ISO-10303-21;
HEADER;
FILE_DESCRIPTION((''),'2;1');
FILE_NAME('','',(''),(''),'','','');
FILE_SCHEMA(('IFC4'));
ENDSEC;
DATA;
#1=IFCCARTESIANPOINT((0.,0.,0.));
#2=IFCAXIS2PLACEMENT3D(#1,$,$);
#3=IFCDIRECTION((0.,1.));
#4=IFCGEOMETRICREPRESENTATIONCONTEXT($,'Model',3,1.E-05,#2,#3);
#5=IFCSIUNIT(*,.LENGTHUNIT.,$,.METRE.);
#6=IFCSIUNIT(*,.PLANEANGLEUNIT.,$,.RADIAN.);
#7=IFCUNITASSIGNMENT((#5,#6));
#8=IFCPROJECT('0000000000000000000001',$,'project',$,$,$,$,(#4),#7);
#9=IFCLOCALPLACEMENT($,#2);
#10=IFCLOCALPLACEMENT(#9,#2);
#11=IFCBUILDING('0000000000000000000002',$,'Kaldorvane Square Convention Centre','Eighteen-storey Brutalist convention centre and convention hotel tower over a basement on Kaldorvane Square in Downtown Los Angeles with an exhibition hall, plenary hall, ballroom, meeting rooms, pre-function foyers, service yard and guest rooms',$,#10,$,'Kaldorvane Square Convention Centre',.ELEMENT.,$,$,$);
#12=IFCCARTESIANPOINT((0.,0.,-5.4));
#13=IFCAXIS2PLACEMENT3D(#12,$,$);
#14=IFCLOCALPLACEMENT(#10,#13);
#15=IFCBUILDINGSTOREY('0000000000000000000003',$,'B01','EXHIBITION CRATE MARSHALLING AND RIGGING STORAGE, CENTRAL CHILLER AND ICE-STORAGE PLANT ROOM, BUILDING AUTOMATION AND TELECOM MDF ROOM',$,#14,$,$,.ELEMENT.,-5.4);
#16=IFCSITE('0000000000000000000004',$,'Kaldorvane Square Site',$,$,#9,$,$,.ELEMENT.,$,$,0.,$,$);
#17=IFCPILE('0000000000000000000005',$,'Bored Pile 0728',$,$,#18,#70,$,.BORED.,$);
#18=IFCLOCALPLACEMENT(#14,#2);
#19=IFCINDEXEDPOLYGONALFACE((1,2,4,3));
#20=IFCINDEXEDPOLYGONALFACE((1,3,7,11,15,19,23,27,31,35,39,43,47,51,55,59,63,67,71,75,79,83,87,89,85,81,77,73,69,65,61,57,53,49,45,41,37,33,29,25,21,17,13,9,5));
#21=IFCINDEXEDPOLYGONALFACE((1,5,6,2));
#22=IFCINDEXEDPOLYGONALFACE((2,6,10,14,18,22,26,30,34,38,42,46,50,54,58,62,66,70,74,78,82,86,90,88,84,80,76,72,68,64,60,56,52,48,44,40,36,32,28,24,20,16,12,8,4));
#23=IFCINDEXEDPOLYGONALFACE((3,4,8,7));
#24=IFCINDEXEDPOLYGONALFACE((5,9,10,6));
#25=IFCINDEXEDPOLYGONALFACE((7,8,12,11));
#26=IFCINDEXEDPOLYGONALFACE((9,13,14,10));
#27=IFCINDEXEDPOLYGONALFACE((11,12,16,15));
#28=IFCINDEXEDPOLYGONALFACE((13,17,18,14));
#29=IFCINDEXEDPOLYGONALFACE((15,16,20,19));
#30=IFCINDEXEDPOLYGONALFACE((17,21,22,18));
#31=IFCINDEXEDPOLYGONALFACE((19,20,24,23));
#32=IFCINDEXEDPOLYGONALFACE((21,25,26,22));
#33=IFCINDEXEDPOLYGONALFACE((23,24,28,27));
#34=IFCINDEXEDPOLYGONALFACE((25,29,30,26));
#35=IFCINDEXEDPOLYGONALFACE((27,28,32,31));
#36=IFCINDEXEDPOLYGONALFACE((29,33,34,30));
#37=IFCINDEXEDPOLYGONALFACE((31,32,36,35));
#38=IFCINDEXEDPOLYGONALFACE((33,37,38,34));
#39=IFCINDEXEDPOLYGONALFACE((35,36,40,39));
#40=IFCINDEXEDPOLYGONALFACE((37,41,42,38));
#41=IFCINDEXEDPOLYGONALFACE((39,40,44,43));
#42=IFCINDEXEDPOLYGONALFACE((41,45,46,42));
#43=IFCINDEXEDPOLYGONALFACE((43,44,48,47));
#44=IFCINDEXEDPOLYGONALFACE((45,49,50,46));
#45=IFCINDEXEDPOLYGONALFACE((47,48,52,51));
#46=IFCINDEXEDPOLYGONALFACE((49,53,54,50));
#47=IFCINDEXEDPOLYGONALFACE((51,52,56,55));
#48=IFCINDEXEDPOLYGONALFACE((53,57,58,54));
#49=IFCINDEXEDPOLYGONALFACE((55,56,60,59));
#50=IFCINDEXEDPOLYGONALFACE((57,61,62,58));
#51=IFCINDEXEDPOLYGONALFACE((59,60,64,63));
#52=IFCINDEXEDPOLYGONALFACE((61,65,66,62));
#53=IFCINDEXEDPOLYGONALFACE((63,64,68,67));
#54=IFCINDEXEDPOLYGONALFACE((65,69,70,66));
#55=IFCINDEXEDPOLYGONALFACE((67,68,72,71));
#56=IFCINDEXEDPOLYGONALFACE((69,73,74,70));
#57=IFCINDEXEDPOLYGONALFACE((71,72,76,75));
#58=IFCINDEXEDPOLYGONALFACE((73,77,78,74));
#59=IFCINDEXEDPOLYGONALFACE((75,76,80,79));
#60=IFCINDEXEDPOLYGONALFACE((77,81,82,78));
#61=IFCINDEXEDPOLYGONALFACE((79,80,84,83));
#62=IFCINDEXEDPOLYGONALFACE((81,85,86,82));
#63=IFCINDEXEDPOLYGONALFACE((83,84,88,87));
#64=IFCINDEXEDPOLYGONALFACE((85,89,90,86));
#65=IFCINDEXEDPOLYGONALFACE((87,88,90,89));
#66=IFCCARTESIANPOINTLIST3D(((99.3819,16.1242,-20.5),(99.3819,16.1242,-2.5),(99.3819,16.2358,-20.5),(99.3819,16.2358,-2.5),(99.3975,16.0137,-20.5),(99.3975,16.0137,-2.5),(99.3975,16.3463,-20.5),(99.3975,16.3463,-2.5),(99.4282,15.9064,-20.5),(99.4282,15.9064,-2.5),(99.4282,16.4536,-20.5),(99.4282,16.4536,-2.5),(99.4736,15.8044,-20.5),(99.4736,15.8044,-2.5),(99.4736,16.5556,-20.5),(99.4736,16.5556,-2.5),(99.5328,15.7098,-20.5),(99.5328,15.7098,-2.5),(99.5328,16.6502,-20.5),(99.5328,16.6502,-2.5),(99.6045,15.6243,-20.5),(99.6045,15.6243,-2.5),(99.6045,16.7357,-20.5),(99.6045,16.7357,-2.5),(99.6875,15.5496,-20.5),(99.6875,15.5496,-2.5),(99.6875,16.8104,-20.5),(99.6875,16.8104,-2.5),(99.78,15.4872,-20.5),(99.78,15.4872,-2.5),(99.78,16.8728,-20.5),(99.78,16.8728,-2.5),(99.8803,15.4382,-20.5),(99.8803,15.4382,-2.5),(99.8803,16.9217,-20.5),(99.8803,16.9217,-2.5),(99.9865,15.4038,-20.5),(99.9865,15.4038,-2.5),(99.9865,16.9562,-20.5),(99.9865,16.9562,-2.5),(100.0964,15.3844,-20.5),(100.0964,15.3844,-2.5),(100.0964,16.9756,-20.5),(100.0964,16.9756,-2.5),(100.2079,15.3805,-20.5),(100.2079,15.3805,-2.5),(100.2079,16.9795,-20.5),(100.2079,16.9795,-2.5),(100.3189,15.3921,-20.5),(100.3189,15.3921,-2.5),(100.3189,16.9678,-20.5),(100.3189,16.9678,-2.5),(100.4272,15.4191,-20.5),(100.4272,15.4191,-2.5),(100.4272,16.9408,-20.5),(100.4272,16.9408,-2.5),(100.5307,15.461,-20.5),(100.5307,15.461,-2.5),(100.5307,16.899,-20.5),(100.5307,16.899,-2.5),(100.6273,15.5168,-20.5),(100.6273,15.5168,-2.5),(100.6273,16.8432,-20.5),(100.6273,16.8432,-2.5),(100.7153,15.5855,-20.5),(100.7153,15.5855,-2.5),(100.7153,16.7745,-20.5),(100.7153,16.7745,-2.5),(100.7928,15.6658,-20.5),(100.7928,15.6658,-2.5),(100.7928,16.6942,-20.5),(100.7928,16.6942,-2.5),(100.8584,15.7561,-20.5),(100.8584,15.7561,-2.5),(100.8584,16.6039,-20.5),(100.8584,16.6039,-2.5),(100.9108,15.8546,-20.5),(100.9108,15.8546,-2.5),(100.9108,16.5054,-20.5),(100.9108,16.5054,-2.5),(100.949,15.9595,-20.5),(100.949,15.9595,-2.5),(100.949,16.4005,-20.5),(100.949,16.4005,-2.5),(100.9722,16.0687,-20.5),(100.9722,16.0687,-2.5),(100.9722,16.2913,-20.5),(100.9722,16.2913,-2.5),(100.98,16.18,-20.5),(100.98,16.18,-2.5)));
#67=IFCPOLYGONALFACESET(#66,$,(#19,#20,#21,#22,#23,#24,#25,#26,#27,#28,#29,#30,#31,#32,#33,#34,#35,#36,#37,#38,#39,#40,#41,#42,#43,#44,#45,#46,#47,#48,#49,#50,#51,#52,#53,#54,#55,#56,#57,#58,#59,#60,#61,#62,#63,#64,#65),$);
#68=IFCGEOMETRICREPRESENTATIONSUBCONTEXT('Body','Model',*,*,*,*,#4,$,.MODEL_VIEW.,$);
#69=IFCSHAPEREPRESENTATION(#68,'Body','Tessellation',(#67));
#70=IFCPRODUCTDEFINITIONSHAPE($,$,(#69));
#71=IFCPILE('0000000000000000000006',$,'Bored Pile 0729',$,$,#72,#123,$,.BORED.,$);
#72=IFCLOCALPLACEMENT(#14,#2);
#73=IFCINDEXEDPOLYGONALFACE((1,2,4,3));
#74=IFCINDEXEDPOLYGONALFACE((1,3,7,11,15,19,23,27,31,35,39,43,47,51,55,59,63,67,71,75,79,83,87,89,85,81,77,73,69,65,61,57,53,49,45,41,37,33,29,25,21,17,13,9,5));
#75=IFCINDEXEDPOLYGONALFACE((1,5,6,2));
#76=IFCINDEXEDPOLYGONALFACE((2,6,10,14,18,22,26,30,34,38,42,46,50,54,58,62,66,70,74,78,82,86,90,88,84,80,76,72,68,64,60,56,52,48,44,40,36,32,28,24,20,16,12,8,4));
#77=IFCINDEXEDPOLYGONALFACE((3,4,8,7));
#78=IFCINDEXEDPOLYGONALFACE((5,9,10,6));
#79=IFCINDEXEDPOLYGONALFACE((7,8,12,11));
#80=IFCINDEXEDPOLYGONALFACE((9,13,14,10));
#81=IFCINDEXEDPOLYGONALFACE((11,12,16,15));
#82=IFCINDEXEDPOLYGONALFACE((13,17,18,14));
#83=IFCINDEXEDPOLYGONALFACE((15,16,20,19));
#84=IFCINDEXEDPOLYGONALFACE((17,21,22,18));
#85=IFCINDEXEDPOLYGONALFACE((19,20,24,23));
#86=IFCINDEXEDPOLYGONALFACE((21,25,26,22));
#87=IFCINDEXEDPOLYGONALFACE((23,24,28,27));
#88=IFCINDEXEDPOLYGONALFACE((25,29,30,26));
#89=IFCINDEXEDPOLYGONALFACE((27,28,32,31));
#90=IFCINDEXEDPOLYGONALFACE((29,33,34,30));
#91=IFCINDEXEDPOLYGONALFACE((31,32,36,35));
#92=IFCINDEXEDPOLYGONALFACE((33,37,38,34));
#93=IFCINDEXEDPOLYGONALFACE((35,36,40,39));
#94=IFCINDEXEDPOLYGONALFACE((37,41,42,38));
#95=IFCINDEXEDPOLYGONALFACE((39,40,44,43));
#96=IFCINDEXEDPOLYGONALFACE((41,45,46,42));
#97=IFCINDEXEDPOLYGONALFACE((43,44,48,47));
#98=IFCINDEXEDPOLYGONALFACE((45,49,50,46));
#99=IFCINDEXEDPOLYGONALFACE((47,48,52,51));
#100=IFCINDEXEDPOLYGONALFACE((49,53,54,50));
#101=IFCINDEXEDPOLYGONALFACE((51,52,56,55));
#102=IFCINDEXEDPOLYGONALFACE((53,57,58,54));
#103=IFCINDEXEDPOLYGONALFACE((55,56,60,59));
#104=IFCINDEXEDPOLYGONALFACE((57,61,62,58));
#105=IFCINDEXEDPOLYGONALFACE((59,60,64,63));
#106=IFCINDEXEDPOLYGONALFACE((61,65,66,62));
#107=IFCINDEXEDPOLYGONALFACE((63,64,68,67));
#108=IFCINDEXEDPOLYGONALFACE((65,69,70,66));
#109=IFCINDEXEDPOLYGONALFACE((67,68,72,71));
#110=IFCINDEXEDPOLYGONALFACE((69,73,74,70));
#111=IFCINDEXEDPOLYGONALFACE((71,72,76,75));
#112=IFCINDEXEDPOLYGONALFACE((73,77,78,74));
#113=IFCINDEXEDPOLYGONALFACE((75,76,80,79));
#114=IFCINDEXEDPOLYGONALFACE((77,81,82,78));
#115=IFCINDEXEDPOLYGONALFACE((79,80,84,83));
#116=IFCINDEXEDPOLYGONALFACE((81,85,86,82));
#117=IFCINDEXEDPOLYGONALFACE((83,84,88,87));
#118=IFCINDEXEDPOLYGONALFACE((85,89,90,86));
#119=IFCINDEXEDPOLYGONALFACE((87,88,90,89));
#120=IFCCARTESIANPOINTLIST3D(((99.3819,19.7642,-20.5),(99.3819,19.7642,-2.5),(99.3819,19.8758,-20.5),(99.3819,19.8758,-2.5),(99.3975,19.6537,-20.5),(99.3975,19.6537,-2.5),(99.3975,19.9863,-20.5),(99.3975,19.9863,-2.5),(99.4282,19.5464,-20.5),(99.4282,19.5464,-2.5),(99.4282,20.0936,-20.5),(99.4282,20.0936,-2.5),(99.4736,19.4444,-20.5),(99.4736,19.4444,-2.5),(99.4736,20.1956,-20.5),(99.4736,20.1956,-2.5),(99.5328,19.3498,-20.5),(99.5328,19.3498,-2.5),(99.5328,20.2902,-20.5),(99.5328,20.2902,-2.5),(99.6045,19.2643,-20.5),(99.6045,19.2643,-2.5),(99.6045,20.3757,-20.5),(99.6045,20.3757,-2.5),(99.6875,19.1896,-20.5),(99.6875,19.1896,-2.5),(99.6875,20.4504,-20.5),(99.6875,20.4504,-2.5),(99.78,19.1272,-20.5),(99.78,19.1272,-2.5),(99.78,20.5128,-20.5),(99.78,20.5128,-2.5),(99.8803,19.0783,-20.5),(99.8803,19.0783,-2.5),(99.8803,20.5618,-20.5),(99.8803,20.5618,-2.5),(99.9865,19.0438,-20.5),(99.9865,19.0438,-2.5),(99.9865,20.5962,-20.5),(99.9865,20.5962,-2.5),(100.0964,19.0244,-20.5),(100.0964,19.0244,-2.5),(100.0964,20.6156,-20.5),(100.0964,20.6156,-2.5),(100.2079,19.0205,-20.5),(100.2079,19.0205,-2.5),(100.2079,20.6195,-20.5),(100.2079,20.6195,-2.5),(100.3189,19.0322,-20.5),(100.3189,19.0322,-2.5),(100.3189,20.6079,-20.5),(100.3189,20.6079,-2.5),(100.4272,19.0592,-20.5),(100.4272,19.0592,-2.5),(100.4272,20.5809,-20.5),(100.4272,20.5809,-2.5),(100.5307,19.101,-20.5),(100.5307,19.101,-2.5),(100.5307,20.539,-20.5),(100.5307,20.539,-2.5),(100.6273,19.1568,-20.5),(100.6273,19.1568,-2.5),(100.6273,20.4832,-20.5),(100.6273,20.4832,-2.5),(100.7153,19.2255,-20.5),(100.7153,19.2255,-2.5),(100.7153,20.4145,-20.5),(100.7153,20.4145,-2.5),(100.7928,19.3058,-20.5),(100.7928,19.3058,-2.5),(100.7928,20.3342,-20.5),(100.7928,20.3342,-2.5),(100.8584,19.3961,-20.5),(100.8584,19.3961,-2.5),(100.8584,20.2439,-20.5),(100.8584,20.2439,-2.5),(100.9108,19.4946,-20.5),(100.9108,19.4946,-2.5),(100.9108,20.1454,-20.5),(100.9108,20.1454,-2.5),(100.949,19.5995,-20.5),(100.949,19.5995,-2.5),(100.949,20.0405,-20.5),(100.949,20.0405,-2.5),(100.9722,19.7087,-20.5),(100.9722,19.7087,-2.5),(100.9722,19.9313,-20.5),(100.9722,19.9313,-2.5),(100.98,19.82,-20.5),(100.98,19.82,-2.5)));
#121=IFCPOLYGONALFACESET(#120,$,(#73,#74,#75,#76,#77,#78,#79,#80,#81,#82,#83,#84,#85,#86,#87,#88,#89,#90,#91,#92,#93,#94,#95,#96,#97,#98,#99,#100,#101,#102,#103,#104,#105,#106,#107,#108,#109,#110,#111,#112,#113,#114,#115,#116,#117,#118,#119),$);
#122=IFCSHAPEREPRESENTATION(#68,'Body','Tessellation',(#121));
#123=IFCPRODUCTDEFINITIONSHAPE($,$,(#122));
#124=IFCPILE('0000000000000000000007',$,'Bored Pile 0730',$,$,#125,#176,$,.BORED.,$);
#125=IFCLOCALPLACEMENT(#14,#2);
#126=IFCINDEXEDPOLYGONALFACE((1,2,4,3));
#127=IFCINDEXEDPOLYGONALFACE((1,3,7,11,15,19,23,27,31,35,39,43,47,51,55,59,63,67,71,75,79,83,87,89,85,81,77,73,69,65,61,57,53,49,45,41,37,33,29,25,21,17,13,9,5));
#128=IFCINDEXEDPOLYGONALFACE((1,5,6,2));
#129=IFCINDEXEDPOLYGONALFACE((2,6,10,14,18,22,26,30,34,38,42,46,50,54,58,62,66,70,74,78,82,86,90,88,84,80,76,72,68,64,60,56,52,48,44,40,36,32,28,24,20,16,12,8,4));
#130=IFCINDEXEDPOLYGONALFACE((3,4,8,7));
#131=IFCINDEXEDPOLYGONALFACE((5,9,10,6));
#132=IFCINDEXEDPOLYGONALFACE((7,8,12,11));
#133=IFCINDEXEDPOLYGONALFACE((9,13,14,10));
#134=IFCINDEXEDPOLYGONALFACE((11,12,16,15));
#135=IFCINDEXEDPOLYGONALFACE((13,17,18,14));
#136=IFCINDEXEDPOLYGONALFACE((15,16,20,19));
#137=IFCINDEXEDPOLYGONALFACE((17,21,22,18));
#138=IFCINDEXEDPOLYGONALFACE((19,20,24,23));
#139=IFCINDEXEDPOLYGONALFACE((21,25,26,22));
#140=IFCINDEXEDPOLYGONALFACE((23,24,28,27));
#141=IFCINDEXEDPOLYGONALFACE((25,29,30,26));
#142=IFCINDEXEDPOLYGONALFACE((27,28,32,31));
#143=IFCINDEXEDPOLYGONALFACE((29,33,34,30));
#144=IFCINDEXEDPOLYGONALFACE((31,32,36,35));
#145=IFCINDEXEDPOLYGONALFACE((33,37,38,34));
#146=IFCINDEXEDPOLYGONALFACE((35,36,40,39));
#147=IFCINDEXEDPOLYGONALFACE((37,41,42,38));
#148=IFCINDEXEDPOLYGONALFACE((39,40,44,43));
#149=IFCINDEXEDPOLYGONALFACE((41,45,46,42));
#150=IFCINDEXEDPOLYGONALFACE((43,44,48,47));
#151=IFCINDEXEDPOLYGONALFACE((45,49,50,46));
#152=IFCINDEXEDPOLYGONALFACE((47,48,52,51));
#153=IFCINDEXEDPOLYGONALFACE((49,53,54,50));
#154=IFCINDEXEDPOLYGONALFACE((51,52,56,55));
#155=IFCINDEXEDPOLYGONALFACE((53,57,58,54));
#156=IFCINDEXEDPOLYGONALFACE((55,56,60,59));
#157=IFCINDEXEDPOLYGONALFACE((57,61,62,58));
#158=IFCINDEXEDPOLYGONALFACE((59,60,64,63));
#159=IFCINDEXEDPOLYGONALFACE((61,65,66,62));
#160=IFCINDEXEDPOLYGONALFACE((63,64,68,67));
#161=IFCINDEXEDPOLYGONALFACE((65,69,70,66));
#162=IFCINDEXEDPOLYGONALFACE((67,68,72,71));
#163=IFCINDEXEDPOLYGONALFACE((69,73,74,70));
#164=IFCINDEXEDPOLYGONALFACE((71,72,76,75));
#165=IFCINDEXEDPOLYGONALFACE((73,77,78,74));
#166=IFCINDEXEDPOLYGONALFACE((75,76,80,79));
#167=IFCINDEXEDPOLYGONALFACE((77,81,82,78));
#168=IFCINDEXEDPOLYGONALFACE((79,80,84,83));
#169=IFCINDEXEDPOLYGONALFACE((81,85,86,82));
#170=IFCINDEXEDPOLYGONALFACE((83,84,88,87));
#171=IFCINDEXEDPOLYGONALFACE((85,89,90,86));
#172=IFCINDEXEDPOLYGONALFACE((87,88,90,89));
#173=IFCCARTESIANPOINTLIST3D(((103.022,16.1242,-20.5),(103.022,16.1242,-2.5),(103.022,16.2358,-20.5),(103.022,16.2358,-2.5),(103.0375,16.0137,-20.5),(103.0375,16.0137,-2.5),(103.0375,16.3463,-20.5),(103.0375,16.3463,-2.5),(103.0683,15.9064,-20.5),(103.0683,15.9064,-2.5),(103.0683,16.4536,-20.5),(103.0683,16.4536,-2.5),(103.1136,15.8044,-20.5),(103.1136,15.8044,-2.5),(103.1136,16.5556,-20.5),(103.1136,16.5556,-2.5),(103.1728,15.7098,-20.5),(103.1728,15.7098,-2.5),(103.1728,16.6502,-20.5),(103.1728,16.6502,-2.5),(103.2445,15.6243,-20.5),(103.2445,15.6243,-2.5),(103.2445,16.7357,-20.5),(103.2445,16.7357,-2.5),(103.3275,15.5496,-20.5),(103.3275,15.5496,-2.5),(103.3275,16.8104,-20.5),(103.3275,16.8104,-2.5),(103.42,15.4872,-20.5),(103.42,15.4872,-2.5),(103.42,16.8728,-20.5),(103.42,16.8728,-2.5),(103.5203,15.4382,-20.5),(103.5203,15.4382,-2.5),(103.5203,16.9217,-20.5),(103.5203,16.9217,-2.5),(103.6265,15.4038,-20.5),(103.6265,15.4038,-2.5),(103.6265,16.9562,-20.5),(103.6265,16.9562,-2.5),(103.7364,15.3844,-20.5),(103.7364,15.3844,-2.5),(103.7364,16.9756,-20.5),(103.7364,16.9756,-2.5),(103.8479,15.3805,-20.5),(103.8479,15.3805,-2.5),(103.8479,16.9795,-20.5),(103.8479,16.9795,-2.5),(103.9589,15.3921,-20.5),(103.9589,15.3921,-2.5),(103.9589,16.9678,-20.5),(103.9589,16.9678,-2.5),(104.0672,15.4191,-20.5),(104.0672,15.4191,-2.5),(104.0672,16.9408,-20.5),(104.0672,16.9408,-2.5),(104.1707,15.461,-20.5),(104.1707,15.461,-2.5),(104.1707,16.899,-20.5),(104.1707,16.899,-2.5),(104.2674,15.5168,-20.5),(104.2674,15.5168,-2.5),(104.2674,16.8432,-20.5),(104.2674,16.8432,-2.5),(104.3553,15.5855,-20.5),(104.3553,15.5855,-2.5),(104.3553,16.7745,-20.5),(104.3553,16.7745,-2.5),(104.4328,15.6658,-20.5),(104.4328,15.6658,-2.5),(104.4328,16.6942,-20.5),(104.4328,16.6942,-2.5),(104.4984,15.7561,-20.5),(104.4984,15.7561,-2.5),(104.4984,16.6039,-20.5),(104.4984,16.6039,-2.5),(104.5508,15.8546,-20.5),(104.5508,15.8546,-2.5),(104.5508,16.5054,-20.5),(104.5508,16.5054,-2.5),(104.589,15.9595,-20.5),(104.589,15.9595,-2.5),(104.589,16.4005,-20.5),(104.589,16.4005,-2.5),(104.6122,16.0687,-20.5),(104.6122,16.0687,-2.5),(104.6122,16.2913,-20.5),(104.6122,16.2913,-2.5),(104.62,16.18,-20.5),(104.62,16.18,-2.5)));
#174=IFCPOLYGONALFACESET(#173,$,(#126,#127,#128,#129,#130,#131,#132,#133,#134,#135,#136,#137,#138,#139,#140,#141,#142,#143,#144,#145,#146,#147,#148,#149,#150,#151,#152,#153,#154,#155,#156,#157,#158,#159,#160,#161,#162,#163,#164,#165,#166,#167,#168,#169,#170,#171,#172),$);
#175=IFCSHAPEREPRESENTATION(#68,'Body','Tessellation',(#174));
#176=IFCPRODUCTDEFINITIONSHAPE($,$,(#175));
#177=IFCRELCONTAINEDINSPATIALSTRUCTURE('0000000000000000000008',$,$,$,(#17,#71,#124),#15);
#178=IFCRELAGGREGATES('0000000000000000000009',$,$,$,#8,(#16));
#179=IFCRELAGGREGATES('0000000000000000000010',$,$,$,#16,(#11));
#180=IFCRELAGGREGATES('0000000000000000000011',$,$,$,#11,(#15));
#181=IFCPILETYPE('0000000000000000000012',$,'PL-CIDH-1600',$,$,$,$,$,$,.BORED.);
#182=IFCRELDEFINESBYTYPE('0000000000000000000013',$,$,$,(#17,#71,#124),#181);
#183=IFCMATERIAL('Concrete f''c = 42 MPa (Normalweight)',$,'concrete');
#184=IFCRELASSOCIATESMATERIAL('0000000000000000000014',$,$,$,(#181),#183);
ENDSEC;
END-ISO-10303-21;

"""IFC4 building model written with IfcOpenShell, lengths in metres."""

from ifc_helpers import new_model, si_unit, direction, frame, origin, origin_2d, place, context, subcontext, project, spatial, circle, extrude, material, material_profile, profile_set, type_object, element, save


model = new_model("IFC4")

# Units and contexts
model_context = context("Model", 3, precision=1e-05, world=origin(), true_north=direction((0.0, 1.0)))
body_context = subcontext(model_context, "Body", "Model", "MODEL_VIEW")
ifc_project = project(units=[si_unit("LENGTHUNIT", "METRE"), si_unit("PLANEANGLEUNIT", "RADIAN")], contexts=[model_context])

# Site, building, storey
site_placement = place(None, origin())
site = spatial("IfcSite", under=ifc_project, at=site_placement, Name="Kaldorvane Square Site", CompositionType="ELEMENT", RefElevation=0.0)
building_placement = place(site_placement, origin())
building = spatial("IfcBuilding", under=site, at=building_placement, Name="Kaldorvane Square Convention Centre", Description="Eighteen-storey Brutalist convention centre and convention hotel tower over a basement on Kaldorvane Square in Downtown Los Angeles with an exhibition hall, plenary hall, ballroom, meeting rooms, pre-function foyers, service yard and guest rooms", LongName="Kaldorvane Square Convention Centre", CompositionType="ELEMENT")
storey_placement = place(building_placement, frame((0.0, 0.0, -5.4)))
storey = spatial("IfcBuildingStorey", under=building, at=storey_placement, Name="B01", Description="EXHIBITION CRATE MARSHALLING AND RIGGING STORAGE, CENTRAL CHILLER AND ICE-STORAGE PLANT ROOM, BUILDING AUTOMATION AND TELECOM MDF ROOM", CompositionType="ELEMENT", Elevation=-5.4)

# Shared definitions
ifc_material_1 = material(Name="Concrete f'c = 42 MPa (Normalweight)", Category="concrete")

# Piles
ifc_material_profile_1 = material_profile(ifc_material_1, circle(Radius=0.8, at=origin_2d()), Name="PILE-D1600")
ifc_profile_set_1 = profile_set([ifc_material_profile_1], Name="Concrete f'c = 42 MPa (Normalweight)")
pile_type_1 = type_object("IfcPileType", Name="PL-CIDH-1600", PredefinedType="BORED", material=ifc_profile_set_1)
for number, where, z_axis, x_axis, name in (
    (1, (100.18, 16.18, -2.5), (0.0, 0.0, -1.0), (1.0, 0.0, 0.0), "Bored Pile 0728"),
    (2, (100.18, 19.82, -2.5), (0.0, 0.0, -1.0), (1.0, 0.0, 0.0), "Bored Pile 0729"),
    (3, (103.82, 16.18, -2.5), (0.0, 0.0, -1.0), (1.0, 0.0, 0.0), "Bored Pile 0730"),
):
    element("IfcPile", number, at=place(storey_placement, frame(where, z_axis=z_axis, x_axis=x_axis)), inside=storey, type_object=pile_type_1, Name=name, PredefinedType="BORED", context=body_context, shape_type="SweptSolid", body=[
        extrude(circle(Radius=0.8, at=origin_2d()), origin(), (0.0, 0.0, 1.0), 18.0),
    ])

save(model, "model.ifc")
